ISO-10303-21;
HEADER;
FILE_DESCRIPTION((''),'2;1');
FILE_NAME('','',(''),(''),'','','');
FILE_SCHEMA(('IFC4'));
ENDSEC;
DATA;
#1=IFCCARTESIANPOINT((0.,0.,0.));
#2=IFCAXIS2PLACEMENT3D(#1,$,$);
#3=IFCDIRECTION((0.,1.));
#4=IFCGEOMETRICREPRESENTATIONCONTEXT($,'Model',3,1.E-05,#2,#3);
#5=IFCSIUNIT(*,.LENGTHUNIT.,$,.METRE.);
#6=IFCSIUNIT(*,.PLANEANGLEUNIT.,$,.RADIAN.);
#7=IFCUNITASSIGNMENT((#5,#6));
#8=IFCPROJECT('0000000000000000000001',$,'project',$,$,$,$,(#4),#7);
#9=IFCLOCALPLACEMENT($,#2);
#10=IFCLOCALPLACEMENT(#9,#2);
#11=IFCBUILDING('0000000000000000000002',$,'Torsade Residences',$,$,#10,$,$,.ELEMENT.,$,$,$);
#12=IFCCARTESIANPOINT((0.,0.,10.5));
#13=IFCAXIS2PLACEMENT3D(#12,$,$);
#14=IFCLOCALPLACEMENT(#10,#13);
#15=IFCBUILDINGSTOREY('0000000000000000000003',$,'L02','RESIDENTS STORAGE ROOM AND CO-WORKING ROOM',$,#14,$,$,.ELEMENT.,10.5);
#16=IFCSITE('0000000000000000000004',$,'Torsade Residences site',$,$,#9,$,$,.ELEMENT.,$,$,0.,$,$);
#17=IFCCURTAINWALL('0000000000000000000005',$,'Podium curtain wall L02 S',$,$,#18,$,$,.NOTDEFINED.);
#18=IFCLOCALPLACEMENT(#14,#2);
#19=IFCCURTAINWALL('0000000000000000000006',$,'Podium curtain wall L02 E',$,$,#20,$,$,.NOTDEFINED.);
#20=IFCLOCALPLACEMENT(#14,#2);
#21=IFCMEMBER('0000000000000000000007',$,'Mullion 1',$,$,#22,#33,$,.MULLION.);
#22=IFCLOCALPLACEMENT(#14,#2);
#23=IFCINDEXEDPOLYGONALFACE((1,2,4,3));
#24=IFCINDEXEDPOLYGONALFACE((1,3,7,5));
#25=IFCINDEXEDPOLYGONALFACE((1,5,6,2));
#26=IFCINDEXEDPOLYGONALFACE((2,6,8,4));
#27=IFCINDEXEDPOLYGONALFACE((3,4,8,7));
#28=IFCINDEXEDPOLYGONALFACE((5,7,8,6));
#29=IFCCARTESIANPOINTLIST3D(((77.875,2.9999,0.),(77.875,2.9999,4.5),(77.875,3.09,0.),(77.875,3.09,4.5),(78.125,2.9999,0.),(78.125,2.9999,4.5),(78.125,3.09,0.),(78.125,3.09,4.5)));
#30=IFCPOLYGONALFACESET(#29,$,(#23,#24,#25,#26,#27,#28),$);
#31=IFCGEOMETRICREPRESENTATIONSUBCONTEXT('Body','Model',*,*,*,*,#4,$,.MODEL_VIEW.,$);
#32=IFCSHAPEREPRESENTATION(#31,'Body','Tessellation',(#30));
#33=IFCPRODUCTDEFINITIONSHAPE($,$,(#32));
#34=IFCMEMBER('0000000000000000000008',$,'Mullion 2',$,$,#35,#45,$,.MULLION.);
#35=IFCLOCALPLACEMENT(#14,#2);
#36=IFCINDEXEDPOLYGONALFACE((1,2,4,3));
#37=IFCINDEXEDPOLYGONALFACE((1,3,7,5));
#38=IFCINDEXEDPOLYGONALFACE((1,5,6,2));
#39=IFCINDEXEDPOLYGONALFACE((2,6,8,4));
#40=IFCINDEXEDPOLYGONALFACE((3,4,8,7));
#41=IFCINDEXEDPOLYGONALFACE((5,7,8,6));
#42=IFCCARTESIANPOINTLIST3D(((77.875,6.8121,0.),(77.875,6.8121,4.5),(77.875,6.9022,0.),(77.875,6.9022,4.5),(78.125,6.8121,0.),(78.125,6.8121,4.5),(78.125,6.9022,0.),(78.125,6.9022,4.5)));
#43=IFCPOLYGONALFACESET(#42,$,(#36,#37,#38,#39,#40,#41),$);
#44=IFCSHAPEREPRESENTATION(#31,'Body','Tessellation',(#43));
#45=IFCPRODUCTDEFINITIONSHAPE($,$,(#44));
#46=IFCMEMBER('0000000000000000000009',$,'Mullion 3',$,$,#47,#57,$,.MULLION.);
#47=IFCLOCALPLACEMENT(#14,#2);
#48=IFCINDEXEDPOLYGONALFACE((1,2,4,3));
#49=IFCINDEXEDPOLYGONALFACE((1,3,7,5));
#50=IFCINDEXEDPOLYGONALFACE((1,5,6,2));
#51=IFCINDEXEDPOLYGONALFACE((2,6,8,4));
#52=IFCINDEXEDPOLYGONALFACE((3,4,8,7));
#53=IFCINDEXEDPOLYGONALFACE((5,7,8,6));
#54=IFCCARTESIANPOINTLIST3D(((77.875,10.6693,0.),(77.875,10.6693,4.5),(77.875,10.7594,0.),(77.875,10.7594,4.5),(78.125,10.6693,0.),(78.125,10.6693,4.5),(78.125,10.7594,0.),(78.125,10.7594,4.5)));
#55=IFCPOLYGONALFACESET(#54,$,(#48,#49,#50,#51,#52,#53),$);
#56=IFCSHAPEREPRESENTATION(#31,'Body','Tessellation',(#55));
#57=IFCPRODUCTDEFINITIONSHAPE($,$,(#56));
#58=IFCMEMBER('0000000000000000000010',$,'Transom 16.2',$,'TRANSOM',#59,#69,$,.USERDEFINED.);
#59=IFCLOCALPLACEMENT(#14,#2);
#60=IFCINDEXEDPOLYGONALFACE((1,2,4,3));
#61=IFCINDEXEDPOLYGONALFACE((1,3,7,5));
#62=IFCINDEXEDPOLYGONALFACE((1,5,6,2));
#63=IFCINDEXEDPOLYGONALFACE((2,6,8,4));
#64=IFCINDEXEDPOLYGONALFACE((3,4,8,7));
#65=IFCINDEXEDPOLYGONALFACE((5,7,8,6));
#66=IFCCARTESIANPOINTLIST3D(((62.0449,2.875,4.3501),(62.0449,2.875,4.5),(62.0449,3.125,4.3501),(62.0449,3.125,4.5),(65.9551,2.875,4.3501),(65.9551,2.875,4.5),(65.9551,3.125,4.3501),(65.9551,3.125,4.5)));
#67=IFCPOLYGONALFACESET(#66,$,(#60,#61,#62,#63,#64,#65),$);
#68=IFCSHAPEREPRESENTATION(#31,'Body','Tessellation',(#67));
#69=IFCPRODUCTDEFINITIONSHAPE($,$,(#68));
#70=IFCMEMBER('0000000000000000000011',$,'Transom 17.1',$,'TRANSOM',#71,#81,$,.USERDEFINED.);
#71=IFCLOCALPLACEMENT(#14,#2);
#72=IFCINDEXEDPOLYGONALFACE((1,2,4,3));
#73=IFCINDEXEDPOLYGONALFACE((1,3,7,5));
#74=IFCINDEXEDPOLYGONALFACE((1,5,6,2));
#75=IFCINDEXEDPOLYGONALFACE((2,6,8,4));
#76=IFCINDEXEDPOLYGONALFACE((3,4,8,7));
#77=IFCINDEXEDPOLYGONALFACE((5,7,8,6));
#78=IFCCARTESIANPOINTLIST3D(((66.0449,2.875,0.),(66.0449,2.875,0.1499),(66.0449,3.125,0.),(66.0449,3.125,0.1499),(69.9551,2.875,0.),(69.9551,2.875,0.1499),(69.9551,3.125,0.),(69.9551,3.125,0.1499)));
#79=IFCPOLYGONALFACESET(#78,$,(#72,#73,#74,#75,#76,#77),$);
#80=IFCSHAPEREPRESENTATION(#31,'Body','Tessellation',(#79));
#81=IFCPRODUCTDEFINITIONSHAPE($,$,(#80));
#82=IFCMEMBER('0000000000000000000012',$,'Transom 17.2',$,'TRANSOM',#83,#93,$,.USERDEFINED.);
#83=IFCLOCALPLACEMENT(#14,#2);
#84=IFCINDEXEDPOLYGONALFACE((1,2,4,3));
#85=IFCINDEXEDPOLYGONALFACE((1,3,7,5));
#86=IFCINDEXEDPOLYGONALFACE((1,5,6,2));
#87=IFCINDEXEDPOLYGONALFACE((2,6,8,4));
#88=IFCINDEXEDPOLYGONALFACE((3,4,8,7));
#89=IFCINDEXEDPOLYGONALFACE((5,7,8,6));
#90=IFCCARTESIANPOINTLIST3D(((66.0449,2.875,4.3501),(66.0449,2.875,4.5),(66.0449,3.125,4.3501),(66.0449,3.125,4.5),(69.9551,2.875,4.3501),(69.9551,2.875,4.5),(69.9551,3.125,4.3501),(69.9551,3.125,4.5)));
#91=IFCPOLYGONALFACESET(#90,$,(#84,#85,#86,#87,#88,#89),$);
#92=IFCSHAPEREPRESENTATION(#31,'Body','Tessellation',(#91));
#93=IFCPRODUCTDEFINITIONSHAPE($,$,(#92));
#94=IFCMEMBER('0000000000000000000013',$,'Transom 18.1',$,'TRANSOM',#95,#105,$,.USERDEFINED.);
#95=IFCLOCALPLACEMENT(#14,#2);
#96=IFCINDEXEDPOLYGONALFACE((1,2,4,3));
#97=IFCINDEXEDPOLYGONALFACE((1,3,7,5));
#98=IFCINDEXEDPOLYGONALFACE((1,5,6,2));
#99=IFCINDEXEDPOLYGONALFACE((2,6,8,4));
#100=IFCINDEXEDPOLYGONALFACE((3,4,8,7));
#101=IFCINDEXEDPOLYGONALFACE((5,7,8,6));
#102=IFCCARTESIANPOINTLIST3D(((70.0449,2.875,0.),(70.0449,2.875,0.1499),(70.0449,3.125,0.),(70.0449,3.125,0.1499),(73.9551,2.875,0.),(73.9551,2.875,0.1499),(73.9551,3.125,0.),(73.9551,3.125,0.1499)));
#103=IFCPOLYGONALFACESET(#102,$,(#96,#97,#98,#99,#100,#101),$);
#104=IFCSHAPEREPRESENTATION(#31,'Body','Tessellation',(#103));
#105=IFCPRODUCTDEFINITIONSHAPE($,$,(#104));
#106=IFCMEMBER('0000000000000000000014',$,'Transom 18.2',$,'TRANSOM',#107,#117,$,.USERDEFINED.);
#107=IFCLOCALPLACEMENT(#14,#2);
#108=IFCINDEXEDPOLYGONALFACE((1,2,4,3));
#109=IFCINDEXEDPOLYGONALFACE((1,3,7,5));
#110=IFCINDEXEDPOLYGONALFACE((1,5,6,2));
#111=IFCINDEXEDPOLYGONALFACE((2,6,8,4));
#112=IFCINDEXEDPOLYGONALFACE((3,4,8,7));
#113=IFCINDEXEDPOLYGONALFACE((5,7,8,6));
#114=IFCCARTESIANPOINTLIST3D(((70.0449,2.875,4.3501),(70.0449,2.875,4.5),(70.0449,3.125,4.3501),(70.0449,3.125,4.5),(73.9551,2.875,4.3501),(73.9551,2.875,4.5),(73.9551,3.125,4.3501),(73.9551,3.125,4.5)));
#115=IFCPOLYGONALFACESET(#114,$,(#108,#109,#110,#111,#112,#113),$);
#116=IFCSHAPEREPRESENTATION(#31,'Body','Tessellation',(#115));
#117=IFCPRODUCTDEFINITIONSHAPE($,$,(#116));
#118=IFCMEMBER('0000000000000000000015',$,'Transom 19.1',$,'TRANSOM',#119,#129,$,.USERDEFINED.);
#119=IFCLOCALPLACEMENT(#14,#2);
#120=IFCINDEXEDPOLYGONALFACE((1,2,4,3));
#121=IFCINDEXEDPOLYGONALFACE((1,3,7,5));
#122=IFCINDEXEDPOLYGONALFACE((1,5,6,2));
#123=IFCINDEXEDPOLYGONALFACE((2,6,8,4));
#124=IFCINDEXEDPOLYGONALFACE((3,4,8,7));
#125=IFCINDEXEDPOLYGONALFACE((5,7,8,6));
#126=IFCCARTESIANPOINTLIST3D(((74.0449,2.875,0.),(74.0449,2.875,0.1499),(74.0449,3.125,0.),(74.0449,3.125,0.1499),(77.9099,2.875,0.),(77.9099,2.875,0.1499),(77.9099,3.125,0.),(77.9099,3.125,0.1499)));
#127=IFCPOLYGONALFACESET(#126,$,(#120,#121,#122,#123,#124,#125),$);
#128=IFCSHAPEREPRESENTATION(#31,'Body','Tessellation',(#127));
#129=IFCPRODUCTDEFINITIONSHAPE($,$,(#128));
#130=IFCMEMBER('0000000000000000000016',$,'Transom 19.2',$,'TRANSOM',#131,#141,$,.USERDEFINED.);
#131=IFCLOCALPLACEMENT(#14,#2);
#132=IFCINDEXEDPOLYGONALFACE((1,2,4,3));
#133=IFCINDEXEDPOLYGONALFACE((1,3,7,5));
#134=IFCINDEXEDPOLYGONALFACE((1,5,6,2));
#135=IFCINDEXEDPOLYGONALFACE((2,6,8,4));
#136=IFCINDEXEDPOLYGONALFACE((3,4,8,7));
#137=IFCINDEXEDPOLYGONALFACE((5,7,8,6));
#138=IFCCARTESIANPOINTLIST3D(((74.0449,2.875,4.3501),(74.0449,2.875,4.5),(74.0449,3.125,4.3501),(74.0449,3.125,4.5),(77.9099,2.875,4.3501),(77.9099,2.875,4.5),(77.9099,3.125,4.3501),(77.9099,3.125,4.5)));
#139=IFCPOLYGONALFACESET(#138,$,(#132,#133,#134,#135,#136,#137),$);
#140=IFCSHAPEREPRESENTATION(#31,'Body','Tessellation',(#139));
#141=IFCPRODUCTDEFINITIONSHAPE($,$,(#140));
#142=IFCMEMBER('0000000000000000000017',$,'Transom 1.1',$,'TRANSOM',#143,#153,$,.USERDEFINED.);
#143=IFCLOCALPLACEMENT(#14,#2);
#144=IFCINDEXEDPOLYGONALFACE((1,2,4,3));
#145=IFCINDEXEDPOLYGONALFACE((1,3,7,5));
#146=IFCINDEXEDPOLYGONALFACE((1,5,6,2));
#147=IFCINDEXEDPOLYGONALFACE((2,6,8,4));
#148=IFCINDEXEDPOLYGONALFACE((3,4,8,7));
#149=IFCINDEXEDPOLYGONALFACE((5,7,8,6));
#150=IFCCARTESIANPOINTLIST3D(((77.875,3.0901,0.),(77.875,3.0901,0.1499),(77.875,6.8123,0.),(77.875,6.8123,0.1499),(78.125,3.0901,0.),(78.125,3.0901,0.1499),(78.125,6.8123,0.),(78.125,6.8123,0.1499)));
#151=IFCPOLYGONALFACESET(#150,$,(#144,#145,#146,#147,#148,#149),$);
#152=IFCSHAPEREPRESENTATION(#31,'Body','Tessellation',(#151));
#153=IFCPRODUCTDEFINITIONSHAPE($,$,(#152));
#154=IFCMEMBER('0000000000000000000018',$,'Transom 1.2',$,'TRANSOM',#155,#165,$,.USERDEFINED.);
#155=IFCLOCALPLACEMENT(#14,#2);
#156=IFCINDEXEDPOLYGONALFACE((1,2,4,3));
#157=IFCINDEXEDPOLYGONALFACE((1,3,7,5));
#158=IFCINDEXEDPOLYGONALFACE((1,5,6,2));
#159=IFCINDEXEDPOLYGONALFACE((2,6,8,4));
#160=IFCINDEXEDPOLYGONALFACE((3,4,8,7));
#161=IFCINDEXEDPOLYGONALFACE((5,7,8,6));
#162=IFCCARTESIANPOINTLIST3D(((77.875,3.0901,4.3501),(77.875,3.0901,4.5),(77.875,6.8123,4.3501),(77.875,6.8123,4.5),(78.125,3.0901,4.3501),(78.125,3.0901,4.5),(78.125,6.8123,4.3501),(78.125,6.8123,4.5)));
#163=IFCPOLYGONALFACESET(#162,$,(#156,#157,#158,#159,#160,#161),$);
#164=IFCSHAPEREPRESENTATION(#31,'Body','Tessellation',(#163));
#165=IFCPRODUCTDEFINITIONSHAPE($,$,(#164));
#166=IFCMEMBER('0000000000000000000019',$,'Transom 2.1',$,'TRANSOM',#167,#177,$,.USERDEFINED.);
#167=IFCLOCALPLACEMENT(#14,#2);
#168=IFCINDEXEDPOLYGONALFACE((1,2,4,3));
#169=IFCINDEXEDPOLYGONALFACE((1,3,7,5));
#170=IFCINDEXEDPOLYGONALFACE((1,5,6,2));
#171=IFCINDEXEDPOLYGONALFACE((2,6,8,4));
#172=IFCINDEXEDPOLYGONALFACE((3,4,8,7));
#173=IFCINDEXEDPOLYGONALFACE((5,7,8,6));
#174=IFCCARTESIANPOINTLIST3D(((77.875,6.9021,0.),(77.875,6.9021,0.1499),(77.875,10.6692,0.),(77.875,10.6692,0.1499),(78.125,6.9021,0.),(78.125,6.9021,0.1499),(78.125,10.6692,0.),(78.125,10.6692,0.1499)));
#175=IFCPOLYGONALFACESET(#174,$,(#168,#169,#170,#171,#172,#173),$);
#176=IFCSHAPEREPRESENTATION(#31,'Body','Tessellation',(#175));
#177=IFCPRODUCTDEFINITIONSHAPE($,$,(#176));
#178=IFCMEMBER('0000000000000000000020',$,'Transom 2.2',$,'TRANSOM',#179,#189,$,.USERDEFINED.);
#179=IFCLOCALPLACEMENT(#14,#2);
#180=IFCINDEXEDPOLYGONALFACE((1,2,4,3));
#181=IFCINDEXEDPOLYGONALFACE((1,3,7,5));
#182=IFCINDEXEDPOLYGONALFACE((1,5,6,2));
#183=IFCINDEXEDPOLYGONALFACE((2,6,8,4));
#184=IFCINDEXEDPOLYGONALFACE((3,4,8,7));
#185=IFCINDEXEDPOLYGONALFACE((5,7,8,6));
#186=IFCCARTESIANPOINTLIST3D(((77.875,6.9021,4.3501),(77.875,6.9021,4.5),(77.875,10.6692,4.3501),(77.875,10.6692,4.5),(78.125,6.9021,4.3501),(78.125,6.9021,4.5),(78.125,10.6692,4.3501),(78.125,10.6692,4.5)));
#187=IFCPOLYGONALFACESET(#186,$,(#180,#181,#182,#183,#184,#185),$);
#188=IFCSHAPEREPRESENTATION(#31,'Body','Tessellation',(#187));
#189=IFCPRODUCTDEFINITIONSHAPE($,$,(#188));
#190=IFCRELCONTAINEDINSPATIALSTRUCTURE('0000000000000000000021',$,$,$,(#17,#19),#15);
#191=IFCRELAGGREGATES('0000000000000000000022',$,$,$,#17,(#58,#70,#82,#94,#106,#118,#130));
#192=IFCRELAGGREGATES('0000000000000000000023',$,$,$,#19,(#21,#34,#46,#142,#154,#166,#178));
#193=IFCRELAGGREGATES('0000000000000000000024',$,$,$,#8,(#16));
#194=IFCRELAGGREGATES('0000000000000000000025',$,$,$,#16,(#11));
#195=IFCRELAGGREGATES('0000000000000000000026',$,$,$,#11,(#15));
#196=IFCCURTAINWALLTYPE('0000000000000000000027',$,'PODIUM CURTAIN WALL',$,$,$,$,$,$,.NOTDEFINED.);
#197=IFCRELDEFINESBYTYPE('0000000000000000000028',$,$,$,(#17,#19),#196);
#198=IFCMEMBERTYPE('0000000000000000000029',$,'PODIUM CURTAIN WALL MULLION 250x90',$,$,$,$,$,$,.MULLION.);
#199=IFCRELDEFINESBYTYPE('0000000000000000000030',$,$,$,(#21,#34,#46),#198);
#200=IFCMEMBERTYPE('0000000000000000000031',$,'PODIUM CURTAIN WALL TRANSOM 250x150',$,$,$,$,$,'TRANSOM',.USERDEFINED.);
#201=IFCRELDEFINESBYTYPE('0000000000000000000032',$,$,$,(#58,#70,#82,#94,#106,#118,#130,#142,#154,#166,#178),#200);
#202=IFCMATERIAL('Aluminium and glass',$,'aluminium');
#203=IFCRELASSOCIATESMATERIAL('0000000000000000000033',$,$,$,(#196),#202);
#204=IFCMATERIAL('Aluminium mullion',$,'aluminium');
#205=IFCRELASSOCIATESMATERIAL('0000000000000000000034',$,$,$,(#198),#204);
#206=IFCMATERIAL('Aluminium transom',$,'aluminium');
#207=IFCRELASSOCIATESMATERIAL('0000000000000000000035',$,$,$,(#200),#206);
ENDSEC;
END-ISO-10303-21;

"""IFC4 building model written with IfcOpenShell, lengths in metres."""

from ifc_helpers import new_model, si_unit, direction, frame, origin, origin_2d, place, context, subcontext, project, spatial, rectangle, extrude, material, material_profile, profile_set, type_object, element, aggregate, save


model = new_model("IFC4")

# Units and contexts
model_context = context("Model", 3, precision=1e-05, world=origin(), true_north=direction((0.0, 1.0)))
body_context = subcontext(model_context, "Body", "Model", "MODEL_VIEW")
ifc_project = project(units=[si_unit("LENGTHUNIT", "METRE"), si_unit("PLANEANGLEUNIT", "RADIAN")], contexts=[model_context])

# Site, building, storey
site_placement = place(None, origin())
site = spatial("IfcSite", under=ifc_project, at=site_placement, Name="Torsade Residences site", CompositionType="ELEMENT", RefElevation=0.0)
building_placement = place(site_placement, origin())
building = spatial("IfcBuilding", under=site, at=building_placement, Name="Torsade Residences", CompositionType="ELEMENT")
storey_placement = place(building_placement, frame((0.0, 0.0, 10.5)))
storey = spatial("IfcBuildingStorey", under=building, at=storey_placement, Name="L02", Description="RESIDENTS STORAGE ROOM AND CO-WORKING ROOM", CompositionType="ELEMENT", Elevation=10.5)

# Curtain walls, members
ifc_material_1 = material(Name="Aluminium and glass", Category="aluminium")
curtain_wall_type = type_object("IfcCurtainWallType", Name="PODIUM CURTAIN WALL", PredefinedType="NOTDEFINED", material=ifc_material_1)
curtain_wall_1_placement = place(storey_placement, origin())
curtain_wall_1 = element("IfcCurtainWall", 1, at=curtain_wall_1_placement, inside=storey, type_object=curtain_wall_type, Name="Podium curtain wall L02 S", PredefinedType="NOTDEFINED")
ifc_material_2 = material(Name="Aluminium mullion", Category="aluminium")
ifc_material_profile_1 = material_profile(ifc_material_2, rectangle(XDim=0.25, YDim=0.0901, at=origin_2d()), Name="PODIUM CURTAIN WALL MULLION 250x90")
ifc_profile_set_1 = profile_set([ifc_material_profile_1], Name="Aluminium mullion")
member_type_1 = type_object("IfcMemberType", Name="PODIUM CURTAIN WALL MULLION 250x90", PredefinedType="MULLION", material=ifc_profile_set_1)
curtain_wall_2_placement = place(storey_placement, origin())
curtain_wall_2 = element("IfcCurtainWall", 2, at=curtain_wall_2_placement, inside=storey, type_object=curtain_wall_type, Name="Podium curtain wall L02 E", PredefinedType="NOTDEFINED")
member_1_placement = place(storey_placement, frame((78.0, 3.0449, 0.0), z_axis=(0.0, 0.0, 1.0), x_axis=(-1.0, 0.0, 0.0)))
member_1 = element("IfcMember", 3, at=member_1_placement, type_object=member_type_1, Name="Mullion 1", PredefinedType="MULLION", context=body_context, shape_type="SweptSolid", body=[
    extrude(rectangle(XDim=0.25, YDim=0.0901, at=origin_2d()), origin(), (0.0, 0.0, 1.0), 4.5),
])
member_2_placement = place(storey_placement, frame((78.0, 6.8572, 0.0), z_axis=(0.0, 0.0, 1.0), x_axis=(-1.0, 0.0, 0.0)))
member_2 = element("IfcMember", 4, at=member_2_placement, type_object=member_type_1, Name="Mullion 2", PredefinedType="MULLION", context=body_context, shape_type="SweptSolid", body=[
    extrude(rectangle(XDim=0.25, YDim=0.0901, at=origin_2d()), origin(), (0.0, 0.0, 1.0), 4.5),
])
member_3_placement = place(storey_placement, frame((78.0, 10.7144, 0.0), z_axis=(0.0, 0.0, 1.0), x_axis=(-1.0, 0.0, 0.0)))
member_3 = element("IfcMember", 5, at=member_3_placement, type_object=member_type_1, Name="Mullion 3", PredefinedType="MULLION", context=body_context, shape_type="SweptSolid", body=[
    extrude(rectangle(XDim=0.25, YDim=0.0901, at=origin_2d()), origin(), (0.0, 0.0, 1.0), 4.5),
])

# Members
ifc_material_3 = material(Name="Aluminium transom", Category="aluminium")
ifc_material_profile_2 = material_profile(ifc_material_3, rectangle(XDim=0.25, YDim=0.1499, at=origin_2d()), Name="PODIUM CURTAIN WALL TRANSOM 250x150")
ifc_profile_set_2 = profile_set([ifc_material_profile_2], Name="Aluminium transom")
member_type_2 = type_object("IfcMemberType", Name="PODIUM CURTAIN WALL TRANSOM 250x150", ElementType="TRANSOM", PredefinedType="USERDEFINED", material=ifc_profile_set_2)
member_4_placement = place(storey_placement, frame((62.0449, 3.0, 4.425), z_axis=(1.0, 0.0, 0.0), x_axis=(0.0, 1.0, 0.0)))
member_4 = element("IfcMember", 6, at=member_4_placement, type_object=member_type_2, Name="Transom 16.2", ObjectType="TRANSOM", PredefinedType="USERDEFINED", context=body_context, shape_type="SweptSolid", body=[
    extrude(rectangle(XDim=0.25, YDim=0.1499, at=origin_2d()), origin(), (0.0, 0.0, 1.0), 3.9102),
])
member_5_placement = place(storey_placement, frame((66.0449, 3.0, 0.075), z_axis=(1.0, 0.0, 0.0), x_axis=(0.0, 1.0, 0.0)))
member_5 = element("IfcMember", 7, at=member_5_placement, type_object=member_type_2, Name="Transom 17.1", ObjectType="TRANSOM", PredefinedType="USERDEFINED", context=body_context, shape_type="SweptSolid", body=[
    extrude(rectangle(XDim=0.25, YDim=0.1499, at=origin_2d()), origin(), (0.0, 0.0, 1.0), 3.9102),
])
member_6_placement = place(storey_placement, frame((66.0449, 3.0, 4.425), z_axis=(1.0, 0.0, 0.0), x_axis=(0.0, 1.0, 0.0)))
member_6 = element("IfcMember", 8, at=member_6_placement, type_object=member_type_2, Name="Transom 17.2", ObjectType="TRANSOM", PredefinedType="USERDEFINED", context=body_context, shape_type="SweptSolid", body=[
    extrude(rectangle(XDim=0.25, YDim=0.1499, at=origin_2d()), origin(), (0.0, 0.0, 1.0), 3.9102),
])
member_7_placement = place(storey_placement, frame((70.0449, 3.0, 0.075), z_axis=(1.0, 0.0, 0.0), x_axis=(0.0, 1.0, 0.0)))
member_7 = element("IfcMember", 9, at=member_7_placement, type_object=member_type_2, Name="Transom 18.1", ObjectType="TRANSOM", PredefinedType="USERDEFINED", context=body_context, shape_type="SweptSolid", body=[
    extrude(rectangle(XDim=0.25, YDim=0.1499, at=origin_2d()), origin(), (0.0, 0.0, 1.0), 3.9102),
])
member_8_placement = place(storey_placement, frame((70.0449, 3.0, 4.425), z_axis=(1.0, 0.0, 0.0), x_axis=(0.0, 1.0, 0.0)))
member_8 = element("IfcMember", 10, at=member_8_placement, type_object=member_type_2, Name="Transom 18.2", ObjectType="TRANSOM", PredefinedType="USERDEFINED", context=body_context, shape_type="SweptSolid", body=[
    extrude(rectangle(XDim=0.25, YDim=0.1499, at=origin_2d()), origin(), (0.0, 0.0, 1.0), 3.9102),
])
member_9_placement = place(storey_placement, frame((74.0449, 3.0, 0.075), z_axis=(1.0, 0.0, 0.0), x_axis=(0.0, 1.0, 0.0)))
member_9 = element("IfcMember", 11, at=member_9_placement, type_object=member_type_2, Name="Transom 19.1", ObjectType="TRANSOM", PredefinedType="USERDEFINED", context=body_context, shape_type="SweptSolid", body=[
    extrude(rectangle(XDim=0.25, YDim=0.1499, at=origin_2d()), origin(), (0.0, 0.0, 1.0), 3.865),
])
member_10_placement = place(storey_placement, frame((74.0449, 3.0, 4.425), z_axis=(1.0, 0.0, 0.0), x_axis=(0.0, 1.0, 0.0)))
member_10 = element("IfcMember", 12, at=member_10_placement, type_object=member_type_2, Name="Transom 19.2", ObjectType="TRANSOM", PredefinedType="USERDEFINED", context=body_context, shape_type="SweptSolid", body=[
    extrude(rectangle(XDim=0.25, YDim=0.1499, at=origin_2d()), origin(), (0.0, 0.0, 1.0), 3.865),
])
member_11_placement = place(storey_placement, frame((78.0, 3.0901, 0.075), z_axis=(0.0, 1.0, 0.0), x_axis=(-1.0, 0.0, 0.0)))
member_11 = element("IfcMember", 13, at=member_11_placement, type_object=member_type_2, Name="Transom 1.1", ObjectType="TRANSOM", PredefinedType="USERDEFINED", context=body_context, shape_type="SweptSolid", body=[
    extrude(rectangle(XDim=0.25, YDim=0.1499, at=origin_2d()), origin(), (0.0, 0.0, 1.0), 3.7222),
])
member_12_placement = place(storey_placement, frame((78.0, 3.0901, 4.425), z_axis=(0.0, 1.0, 0.0), x_axis=(-1.0, 0.0, 0.0)))
member_12 = element("IfcMember", 14, at=member_12_placement, type_object=member_type_2, Name="Transom 1.2", ObjectType="TRANSOM", PredefinedType="USERDEFINED", context=body_context, shape_type="SweptSolid", body=[
    extrude(rectangle(XDim=0.25, YDim=0.1499, at=origin_2d()), origin(), (0.0, 0.0, 1.0), 3.7222),
])
member_13_placement = place(storey_placement, frame((78.0, 6.9021, 0.075), z_axis=(0.0, 1.0, 0.0), x_axis=(-1.0, 0.0, 0.0)))
member_13 = element("IfcMember", 15, at=member_13_placement, type_object=member_type_2, Name="Transom 2.1", ObjectType="TRANSOM", PredefinedType="USERDEFINED", context=body_context, shape_type="SweptSolid", body=[
    extrude(rectangle(XDim=0.25, YDim=0.1499, at=origin_2d()), origin(), (0.0, 0.0, 1.0), 3.7671),
])
member_14_placement = place(storey_placement, frame((78.0, 6.9021, 4.425), z_axis=(0.0, 1.0, 0.0), x_axis=(-1.0, 0.0, 0.0)))
member_14 = element("IfcMember", 16, at=member_14_placement, type_object=member_type_2, Name="Transom 2.2", ObjectType="TRANSOM", PredefinedType="USERDEFINED", context=body_context, shape_type="SweptSolid", body=[
    extrude(rectangle(XDim=0.25, YDim=0.1499, at=origin_2d()), origin(), (0.0, 0.0, 1.0), 3.7671),
])

aggregate(curtain_wall_1, [member_4, member_5, member_6, member_7, member_8, member_9, member_10])
aggregate(curtain_wall_2, [member_1, member_2, member_3, member_11, member_12, member_13, member_14])

save(model, "model.ifc")
